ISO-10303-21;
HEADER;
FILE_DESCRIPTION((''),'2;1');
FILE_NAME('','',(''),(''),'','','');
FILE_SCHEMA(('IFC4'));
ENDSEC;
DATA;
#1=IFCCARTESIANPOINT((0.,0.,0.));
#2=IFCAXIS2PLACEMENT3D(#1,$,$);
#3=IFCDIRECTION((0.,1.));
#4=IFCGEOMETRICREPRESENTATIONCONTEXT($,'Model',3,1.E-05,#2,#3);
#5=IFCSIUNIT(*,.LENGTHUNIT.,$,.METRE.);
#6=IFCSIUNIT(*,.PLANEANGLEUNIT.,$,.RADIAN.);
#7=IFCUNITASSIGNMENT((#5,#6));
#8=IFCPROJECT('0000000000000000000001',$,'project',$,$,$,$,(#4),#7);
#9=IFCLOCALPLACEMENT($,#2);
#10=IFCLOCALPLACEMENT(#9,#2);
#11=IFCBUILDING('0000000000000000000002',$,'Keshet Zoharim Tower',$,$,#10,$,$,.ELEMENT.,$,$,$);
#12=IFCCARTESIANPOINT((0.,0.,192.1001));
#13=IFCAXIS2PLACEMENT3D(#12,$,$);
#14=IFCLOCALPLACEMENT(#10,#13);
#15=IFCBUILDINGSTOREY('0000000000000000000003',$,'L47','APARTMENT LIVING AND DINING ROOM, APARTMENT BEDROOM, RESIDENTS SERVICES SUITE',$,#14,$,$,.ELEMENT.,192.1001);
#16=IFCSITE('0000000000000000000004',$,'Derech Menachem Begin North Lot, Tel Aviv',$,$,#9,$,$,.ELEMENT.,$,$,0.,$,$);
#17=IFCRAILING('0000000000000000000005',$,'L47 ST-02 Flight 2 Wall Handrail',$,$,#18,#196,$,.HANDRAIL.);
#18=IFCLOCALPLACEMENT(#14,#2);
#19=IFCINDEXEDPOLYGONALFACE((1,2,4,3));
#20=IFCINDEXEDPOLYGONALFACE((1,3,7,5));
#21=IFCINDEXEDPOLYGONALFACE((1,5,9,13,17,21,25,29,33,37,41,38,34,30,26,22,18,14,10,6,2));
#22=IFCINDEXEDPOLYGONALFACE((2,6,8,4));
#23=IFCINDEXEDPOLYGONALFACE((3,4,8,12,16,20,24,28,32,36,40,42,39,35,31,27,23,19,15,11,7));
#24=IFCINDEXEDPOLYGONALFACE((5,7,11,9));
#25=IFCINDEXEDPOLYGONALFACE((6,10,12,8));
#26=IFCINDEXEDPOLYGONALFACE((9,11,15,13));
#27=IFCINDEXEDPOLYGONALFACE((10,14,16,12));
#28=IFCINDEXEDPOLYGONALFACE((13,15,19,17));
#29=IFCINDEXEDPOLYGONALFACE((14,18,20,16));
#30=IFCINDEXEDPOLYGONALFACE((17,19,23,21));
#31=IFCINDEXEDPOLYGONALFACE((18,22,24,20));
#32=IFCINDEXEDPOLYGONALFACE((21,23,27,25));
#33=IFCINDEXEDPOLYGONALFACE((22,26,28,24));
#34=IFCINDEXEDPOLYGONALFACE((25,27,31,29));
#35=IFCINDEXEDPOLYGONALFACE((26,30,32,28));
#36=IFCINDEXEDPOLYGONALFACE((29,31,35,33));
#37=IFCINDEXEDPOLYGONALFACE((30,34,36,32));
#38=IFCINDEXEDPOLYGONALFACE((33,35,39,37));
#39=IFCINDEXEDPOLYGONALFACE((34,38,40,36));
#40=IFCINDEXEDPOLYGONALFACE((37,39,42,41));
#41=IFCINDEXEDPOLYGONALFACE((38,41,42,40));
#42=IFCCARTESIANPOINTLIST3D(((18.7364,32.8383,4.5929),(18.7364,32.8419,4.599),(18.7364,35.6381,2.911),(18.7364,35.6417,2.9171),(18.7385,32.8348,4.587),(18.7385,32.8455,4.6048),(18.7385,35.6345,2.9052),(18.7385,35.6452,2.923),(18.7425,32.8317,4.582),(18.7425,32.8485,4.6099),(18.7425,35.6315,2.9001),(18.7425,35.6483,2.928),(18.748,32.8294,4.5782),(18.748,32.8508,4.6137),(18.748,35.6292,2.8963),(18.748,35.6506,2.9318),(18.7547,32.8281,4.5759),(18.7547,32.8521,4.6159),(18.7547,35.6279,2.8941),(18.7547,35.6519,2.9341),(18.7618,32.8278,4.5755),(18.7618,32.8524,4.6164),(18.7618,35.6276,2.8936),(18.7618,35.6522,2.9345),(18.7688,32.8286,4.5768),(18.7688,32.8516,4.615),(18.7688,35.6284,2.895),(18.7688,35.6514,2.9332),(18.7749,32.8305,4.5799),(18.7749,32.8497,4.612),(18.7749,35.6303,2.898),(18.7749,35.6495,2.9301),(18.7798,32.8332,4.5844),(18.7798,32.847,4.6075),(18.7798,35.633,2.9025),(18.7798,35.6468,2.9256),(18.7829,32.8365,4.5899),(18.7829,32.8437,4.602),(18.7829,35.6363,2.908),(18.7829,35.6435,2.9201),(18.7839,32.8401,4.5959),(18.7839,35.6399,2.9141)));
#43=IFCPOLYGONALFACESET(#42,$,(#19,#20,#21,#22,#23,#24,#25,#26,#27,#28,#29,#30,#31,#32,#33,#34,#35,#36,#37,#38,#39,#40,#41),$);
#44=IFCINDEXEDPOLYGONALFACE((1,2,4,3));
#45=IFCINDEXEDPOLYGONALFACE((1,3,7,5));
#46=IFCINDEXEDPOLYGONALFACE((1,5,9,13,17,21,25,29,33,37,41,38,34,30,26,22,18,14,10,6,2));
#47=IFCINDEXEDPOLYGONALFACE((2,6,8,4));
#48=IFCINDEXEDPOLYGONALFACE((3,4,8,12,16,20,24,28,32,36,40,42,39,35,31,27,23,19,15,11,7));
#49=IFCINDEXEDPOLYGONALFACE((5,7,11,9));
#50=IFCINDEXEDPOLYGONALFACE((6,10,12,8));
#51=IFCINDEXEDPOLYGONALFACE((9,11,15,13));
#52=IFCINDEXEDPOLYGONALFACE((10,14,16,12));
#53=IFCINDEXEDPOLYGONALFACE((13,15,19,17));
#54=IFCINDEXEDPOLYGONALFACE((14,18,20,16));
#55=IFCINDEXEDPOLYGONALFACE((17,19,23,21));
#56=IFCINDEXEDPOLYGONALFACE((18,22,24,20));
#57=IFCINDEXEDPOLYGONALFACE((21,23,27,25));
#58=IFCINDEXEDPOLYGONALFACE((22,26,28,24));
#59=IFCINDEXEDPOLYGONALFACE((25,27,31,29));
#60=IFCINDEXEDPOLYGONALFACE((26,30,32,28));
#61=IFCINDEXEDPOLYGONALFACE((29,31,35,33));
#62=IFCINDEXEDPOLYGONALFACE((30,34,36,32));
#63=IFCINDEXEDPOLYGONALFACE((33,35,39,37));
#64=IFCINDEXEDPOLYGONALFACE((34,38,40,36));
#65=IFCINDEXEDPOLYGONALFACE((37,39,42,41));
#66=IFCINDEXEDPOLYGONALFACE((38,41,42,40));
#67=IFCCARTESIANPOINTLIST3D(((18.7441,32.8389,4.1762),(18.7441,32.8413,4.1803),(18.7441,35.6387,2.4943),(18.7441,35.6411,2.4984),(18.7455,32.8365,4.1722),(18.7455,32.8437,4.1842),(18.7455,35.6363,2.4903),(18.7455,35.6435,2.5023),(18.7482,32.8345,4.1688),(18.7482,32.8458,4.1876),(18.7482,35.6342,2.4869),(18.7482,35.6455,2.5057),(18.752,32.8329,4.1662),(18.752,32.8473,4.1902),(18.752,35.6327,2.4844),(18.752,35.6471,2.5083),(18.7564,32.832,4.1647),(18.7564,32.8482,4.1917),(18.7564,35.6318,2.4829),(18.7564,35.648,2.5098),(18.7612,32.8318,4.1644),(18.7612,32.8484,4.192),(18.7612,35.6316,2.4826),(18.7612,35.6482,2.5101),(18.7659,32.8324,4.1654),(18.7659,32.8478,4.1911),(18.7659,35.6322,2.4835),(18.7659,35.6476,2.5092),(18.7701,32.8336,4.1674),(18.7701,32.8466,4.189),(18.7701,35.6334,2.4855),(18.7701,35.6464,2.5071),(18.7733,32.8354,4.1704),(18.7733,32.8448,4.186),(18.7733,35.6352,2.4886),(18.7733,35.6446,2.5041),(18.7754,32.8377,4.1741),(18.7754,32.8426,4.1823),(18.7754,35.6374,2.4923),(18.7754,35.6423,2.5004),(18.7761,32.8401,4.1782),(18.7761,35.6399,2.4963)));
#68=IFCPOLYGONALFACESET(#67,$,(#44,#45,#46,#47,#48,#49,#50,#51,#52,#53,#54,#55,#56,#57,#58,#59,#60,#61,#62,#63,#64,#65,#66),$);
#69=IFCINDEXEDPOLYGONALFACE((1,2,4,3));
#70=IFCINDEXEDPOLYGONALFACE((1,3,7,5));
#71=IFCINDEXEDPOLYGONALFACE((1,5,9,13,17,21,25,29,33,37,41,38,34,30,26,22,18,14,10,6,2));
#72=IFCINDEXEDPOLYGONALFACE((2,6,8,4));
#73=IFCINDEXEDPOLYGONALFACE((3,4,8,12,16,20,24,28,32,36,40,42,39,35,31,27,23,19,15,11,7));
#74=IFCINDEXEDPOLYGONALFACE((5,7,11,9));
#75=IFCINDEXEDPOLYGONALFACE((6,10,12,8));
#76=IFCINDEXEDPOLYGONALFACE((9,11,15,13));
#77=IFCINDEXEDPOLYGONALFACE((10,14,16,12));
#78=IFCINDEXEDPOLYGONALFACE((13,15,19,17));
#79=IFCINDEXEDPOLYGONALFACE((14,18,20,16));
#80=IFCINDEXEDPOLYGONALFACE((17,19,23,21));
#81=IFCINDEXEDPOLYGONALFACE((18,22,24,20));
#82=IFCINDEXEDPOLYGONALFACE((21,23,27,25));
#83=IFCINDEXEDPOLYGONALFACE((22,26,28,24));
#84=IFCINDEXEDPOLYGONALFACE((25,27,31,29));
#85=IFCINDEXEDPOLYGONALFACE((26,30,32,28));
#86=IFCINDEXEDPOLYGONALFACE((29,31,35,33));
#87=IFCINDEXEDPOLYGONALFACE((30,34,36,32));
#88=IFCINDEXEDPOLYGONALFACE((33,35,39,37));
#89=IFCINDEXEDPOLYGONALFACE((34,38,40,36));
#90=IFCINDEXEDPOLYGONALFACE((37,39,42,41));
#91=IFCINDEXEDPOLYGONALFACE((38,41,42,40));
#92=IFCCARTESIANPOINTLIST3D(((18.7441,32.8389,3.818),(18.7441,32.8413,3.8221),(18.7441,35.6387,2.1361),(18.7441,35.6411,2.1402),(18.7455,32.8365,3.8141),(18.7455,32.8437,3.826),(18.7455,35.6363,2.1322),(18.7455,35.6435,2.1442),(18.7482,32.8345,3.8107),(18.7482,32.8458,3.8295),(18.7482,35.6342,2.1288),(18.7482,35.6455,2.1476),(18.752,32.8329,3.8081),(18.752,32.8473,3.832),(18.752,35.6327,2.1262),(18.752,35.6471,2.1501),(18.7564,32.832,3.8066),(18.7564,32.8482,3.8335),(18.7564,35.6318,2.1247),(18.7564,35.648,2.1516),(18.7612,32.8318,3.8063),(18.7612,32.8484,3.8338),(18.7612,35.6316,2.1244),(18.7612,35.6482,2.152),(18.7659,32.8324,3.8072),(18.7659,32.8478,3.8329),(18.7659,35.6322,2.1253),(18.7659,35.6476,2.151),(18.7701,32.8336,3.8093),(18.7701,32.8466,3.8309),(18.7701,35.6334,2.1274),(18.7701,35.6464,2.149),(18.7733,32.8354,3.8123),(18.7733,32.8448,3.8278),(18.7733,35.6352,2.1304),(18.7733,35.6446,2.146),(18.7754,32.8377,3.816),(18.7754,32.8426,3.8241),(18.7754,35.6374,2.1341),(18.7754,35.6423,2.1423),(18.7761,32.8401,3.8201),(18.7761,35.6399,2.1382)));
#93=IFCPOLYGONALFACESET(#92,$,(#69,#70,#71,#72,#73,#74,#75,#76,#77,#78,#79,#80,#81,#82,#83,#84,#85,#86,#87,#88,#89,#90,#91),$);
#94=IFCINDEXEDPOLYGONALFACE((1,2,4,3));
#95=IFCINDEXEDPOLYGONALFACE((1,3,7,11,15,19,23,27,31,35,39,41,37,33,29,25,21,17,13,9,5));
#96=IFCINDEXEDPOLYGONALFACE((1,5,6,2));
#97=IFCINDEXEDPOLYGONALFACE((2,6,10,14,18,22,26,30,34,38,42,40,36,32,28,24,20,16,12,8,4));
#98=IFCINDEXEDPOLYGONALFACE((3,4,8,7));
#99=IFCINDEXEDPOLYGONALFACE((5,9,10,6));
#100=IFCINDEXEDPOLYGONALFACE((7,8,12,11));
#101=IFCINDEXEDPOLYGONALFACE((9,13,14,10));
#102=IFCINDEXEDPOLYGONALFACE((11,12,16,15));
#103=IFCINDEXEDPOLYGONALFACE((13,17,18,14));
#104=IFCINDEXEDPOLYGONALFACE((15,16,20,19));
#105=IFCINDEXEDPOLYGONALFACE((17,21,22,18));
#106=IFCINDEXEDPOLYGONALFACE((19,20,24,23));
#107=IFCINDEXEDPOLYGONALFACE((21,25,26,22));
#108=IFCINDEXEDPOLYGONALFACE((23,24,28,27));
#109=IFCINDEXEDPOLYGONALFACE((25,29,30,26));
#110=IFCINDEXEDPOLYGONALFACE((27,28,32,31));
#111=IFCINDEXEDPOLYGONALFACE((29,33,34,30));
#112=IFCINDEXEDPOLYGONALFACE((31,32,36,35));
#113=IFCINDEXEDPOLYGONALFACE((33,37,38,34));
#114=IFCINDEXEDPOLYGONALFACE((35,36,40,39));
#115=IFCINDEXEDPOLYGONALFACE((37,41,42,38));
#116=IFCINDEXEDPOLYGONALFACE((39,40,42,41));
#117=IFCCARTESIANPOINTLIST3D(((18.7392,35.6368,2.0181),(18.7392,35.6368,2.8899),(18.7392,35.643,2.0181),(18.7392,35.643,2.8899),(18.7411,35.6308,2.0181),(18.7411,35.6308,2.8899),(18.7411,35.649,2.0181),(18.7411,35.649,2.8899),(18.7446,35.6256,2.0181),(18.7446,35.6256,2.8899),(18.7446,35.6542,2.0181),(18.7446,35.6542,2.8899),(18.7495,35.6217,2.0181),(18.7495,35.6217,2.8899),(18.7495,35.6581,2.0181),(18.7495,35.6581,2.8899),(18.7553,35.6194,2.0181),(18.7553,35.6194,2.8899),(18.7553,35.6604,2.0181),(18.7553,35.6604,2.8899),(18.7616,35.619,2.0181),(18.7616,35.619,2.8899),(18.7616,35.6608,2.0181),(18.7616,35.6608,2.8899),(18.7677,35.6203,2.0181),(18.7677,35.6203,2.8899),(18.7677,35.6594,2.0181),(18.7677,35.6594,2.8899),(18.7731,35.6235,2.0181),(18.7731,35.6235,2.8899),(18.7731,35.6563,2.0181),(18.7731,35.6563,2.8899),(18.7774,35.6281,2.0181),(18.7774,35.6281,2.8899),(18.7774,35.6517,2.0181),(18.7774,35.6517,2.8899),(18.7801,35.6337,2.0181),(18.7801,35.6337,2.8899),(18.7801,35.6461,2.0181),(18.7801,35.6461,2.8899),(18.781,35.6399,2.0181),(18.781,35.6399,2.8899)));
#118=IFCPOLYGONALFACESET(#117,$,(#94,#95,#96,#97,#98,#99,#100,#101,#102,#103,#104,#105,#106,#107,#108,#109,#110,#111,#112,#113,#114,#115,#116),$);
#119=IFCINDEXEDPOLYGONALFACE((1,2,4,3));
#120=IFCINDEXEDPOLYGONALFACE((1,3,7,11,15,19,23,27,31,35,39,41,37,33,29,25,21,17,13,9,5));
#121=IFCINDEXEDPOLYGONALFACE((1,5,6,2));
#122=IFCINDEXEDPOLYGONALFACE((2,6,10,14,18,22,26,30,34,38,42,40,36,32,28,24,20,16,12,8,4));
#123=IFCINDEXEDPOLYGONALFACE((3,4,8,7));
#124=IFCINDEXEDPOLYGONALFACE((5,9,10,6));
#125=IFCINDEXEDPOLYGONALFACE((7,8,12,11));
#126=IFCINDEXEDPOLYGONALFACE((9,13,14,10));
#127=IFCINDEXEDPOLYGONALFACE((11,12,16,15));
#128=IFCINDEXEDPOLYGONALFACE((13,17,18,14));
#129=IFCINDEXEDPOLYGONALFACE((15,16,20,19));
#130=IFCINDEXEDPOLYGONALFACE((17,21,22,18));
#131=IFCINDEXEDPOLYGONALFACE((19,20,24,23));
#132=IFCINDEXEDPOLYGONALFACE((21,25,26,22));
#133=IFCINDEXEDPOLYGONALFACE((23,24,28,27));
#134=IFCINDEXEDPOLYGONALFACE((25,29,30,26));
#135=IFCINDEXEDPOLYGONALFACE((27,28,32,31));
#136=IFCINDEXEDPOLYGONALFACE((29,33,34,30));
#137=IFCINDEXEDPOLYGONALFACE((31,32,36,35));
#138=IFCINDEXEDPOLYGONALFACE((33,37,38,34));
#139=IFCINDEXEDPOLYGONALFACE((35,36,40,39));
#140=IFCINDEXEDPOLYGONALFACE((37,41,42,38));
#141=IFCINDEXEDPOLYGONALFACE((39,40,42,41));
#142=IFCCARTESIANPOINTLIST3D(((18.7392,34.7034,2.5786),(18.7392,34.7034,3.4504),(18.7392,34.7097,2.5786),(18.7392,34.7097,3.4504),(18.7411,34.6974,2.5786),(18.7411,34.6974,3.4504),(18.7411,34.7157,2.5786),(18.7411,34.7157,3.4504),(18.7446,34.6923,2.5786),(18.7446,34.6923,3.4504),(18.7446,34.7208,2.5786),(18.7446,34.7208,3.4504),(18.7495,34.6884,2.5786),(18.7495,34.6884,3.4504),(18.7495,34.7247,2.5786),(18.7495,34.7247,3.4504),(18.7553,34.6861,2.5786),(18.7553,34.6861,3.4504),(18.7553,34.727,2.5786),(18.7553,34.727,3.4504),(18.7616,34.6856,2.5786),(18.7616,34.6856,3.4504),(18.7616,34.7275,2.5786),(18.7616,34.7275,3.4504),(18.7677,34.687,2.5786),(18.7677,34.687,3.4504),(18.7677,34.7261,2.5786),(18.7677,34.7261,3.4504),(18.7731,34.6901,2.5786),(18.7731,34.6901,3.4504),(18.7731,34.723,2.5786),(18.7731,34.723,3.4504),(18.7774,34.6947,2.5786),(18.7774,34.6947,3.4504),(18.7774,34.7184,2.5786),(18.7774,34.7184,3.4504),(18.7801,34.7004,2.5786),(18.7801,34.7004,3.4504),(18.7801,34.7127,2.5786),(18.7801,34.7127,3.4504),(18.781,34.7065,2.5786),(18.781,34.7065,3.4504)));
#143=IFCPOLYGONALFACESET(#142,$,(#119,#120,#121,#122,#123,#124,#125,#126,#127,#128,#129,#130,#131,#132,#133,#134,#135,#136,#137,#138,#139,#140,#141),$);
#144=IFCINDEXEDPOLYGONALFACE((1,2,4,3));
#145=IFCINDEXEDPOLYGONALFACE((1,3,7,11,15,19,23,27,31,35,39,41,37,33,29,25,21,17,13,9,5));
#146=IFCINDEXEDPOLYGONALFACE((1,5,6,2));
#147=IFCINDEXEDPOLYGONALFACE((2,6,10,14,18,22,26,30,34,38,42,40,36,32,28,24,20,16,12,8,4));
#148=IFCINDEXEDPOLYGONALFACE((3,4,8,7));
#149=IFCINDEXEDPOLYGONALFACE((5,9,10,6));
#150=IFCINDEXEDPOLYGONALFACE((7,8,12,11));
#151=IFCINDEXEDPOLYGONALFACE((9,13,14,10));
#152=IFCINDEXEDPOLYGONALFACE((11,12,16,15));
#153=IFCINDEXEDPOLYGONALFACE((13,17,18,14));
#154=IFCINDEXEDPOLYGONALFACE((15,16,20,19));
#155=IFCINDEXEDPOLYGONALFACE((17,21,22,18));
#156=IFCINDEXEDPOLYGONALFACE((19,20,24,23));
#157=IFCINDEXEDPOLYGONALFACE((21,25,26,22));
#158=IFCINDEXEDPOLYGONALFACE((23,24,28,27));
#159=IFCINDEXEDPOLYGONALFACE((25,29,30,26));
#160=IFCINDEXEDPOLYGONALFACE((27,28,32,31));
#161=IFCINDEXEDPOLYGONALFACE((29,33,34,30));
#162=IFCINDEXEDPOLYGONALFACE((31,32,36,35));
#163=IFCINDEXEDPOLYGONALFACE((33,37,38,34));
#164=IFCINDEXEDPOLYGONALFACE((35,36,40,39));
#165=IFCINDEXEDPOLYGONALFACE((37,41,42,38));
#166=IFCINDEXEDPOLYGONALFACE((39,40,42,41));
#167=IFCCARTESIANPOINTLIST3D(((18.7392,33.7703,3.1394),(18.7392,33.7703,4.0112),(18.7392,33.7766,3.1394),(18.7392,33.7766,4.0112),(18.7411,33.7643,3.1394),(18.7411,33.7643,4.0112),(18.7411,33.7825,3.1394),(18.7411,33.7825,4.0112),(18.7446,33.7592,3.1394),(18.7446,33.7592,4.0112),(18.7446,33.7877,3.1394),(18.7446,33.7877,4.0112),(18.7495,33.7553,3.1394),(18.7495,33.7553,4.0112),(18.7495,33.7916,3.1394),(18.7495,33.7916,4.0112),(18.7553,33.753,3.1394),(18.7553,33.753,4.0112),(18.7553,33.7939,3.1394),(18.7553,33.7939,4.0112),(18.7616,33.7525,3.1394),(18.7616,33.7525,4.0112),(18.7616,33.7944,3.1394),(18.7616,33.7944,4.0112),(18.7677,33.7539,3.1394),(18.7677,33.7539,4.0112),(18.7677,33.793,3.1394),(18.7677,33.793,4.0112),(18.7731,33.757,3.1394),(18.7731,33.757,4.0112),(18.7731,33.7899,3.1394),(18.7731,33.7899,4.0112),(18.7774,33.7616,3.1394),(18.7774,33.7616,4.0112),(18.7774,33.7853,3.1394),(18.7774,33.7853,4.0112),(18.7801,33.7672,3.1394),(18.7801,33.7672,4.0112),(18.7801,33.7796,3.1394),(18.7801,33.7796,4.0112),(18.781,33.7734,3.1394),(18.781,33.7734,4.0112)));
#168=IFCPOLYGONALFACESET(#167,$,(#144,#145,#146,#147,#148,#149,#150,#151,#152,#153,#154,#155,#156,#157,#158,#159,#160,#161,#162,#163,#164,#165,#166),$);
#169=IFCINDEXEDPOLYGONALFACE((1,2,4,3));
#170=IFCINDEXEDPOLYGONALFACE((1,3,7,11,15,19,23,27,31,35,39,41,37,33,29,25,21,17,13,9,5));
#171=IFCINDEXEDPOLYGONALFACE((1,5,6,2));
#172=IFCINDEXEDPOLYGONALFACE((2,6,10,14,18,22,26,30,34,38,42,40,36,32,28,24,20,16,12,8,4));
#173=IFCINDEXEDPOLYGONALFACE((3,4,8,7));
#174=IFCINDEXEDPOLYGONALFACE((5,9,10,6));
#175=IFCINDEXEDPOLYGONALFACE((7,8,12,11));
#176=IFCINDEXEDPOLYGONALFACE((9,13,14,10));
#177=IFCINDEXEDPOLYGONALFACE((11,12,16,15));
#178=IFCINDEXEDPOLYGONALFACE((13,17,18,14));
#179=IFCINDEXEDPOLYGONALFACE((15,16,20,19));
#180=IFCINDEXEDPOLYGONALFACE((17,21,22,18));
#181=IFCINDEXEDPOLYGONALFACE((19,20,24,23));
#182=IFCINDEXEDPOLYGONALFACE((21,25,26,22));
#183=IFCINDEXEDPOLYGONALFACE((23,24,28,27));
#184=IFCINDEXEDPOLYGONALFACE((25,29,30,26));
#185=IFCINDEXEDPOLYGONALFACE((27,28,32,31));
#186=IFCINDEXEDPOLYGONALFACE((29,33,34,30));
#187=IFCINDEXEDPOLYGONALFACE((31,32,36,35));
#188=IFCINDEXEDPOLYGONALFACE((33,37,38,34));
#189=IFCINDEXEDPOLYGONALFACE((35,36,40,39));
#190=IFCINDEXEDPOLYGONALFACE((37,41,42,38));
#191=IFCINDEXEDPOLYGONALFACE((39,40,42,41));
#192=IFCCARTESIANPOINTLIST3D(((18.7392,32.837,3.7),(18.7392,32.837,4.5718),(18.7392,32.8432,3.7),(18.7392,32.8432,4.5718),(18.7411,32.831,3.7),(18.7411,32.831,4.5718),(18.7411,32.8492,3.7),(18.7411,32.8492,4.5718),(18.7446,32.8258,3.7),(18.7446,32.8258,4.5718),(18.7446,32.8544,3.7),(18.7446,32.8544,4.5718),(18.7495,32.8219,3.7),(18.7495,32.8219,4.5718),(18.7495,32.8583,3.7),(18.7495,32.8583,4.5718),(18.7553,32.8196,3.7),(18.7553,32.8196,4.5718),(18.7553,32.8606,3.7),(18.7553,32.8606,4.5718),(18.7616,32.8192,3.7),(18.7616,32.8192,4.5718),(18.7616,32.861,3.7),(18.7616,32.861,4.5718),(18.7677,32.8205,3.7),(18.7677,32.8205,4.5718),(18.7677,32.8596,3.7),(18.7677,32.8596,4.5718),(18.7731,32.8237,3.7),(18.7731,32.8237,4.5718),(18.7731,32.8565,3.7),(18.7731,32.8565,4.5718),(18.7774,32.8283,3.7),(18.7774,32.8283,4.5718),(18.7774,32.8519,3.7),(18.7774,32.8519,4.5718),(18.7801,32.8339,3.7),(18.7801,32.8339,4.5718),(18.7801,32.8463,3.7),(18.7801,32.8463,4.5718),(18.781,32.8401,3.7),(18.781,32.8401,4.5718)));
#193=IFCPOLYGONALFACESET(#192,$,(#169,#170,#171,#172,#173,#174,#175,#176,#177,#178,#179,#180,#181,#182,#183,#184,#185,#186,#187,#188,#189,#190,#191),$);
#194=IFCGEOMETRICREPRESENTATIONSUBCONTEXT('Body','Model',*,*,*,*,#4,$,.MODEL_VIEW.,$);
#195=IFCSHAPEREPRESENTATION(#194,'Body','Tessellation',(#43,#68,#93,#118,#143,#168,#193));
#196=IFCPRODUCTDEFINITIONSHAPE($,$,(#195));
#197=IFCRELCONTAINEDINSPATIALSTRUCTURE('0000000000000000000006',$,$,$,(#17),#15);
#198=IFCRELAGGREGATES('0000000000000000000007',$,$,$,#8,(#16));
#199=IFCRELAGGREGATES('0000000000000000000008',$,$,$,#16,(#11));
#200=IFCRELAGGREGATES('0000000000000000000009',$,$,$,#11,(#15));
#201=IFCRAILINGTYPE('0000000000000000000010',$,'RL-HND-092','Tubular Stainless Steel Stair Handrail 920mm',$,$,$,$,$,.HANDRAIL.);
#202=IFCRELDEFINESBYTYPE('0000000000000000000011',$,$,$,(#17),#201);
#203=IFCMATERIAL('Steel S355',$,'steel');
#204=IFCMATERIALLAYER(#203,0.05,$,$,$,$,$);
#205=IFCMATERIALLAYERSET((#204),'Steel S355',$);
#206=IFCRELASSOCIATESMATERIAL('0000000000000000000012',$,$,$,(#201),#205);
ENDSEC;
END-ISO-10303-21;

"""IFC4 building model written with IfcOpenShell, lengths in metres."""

from ifc_helpers import new_model, si_unit, direction, frame, origin, origin_2d, place, context, subcontext, project, spatial, circle, extrude, material, layer, layer_set, type_object, element, save


model = new_model("IFC4")

# Units and contexts
model_context = context("Model", 3, precision=1e-05, world=origin(), true_north=direction((0.0, 1.0)))
body_context = subcontext(model_context, "Body", "Model", "MODEL_VIEW")
ifc_project = project(units=[si_unit("LENGTHUNIT", "METRE"), si_unit("PLANEANGLEUNIT", "RADIAN")], contexts=[model_context])

# Site, building, storey
site_placement = place(None, origin())
site = spatial("IfcSite", under=ifc_project, at=site_placement, Name="Derech Menachem Begin North Lot, Tel Aviv", CompositionType="ELEMENT", RefElevation=0.0)
building_placement = place(site_placement, origin())
building = spatial("IfcBuilding", under=site, at=building_placement, Name="Keshet Zoharim Tower", CompositionType="ELEMENT")
storey_placement = place(building_placement, frame((0.0, 0.0, 192.1001)))
storey = spatial("IfcBuildingStorey", under=building, at=storey_placement, Name="L47", Description="APARTMENT LIVING AND DINING ROOM, APARTMENT BEDROOM, RESIDENTS SERVICES SUITE", CompositionType="ELEMENT", Elevation=192.1001)

# Shared definitions
ifc_material_1 = material(Name="Steel S355", Category="steel")

# Railing
ifc_layer_1 = layer(ifc_material_1, 0.05)
ifc_layer_set_1 = layer_set([ifc_layer_1], Name="Steel S355")
railing_type_1 = type_object("IfcRailingType", Name="RL-HND-092", Description="Tubular Stainless Steel Stair Handrail 920mm", PredefinedType="HANDRAIL", material=ifc_layer_set_1)
railing_1_placement = place(storey_placement, frame((18.76, 35.6399, 2.0181)))
element("IfcRailing", 1, at=railing_1_placement, inside=storey, type_object=railing_type_1, Name="L47 ST-02 Flight 2 Wall Handrail", PredefinedType="HANDRAIL", context=body_context, shape_type="SweptSolid", body=[
    extrude(circle(Radius=0.0239, at=origin_2d()), frame((0.0, 0.0, 0.896), z_axis=(0.0, -0.857222, 0.514946), x_axis=(1.0, 0.0, 0.0)), (0.0, 0.0, 1.0), 3.2661),
    extrude(circle(Radius=0.0161, at=origin_2d()), frame((0.0, 0.0, 0.4783), z_axis=(0.0, -0.857222, 0.514946), x_axis=(1.0, 0.0, 0.0)), (0.0, 0.0, 1.0), 3.2661),
    extrude(circle(Radius=0.0161, at=origin_2d()), frame((0.0, 0.0, 0.1201), z_axis=(0.0, -0.857222, 0.514946), x_axis=(1.0, 0.0, 0.0)), (0.0, 0.0, 1.0), 3.2661),
    extrude(circle(Radius=0.021, at=origin_2d()), origin(), (0.0, 0.0, 1.0), 0.8718),
    extrude(circle(Radius=0.021, at=origin_2d()), frame((0.0, -0.9333, 0.5605)), (0.0, 0.0, 1.0), 0.8718),
    extrude(circle(Radius=0.021, at=origin_2d()), frame((0.0, -1.8665, 1.1213)), (0.0, 0.0, 1.0), 0.8718),
    extrude(circle(Radius=0.021, at=origin_2d()), frame((0.0, -2.7998, 1.6819)), (0.0, 0.0, 1.0), 0.8718),
])

save(model, "model.ifc")
